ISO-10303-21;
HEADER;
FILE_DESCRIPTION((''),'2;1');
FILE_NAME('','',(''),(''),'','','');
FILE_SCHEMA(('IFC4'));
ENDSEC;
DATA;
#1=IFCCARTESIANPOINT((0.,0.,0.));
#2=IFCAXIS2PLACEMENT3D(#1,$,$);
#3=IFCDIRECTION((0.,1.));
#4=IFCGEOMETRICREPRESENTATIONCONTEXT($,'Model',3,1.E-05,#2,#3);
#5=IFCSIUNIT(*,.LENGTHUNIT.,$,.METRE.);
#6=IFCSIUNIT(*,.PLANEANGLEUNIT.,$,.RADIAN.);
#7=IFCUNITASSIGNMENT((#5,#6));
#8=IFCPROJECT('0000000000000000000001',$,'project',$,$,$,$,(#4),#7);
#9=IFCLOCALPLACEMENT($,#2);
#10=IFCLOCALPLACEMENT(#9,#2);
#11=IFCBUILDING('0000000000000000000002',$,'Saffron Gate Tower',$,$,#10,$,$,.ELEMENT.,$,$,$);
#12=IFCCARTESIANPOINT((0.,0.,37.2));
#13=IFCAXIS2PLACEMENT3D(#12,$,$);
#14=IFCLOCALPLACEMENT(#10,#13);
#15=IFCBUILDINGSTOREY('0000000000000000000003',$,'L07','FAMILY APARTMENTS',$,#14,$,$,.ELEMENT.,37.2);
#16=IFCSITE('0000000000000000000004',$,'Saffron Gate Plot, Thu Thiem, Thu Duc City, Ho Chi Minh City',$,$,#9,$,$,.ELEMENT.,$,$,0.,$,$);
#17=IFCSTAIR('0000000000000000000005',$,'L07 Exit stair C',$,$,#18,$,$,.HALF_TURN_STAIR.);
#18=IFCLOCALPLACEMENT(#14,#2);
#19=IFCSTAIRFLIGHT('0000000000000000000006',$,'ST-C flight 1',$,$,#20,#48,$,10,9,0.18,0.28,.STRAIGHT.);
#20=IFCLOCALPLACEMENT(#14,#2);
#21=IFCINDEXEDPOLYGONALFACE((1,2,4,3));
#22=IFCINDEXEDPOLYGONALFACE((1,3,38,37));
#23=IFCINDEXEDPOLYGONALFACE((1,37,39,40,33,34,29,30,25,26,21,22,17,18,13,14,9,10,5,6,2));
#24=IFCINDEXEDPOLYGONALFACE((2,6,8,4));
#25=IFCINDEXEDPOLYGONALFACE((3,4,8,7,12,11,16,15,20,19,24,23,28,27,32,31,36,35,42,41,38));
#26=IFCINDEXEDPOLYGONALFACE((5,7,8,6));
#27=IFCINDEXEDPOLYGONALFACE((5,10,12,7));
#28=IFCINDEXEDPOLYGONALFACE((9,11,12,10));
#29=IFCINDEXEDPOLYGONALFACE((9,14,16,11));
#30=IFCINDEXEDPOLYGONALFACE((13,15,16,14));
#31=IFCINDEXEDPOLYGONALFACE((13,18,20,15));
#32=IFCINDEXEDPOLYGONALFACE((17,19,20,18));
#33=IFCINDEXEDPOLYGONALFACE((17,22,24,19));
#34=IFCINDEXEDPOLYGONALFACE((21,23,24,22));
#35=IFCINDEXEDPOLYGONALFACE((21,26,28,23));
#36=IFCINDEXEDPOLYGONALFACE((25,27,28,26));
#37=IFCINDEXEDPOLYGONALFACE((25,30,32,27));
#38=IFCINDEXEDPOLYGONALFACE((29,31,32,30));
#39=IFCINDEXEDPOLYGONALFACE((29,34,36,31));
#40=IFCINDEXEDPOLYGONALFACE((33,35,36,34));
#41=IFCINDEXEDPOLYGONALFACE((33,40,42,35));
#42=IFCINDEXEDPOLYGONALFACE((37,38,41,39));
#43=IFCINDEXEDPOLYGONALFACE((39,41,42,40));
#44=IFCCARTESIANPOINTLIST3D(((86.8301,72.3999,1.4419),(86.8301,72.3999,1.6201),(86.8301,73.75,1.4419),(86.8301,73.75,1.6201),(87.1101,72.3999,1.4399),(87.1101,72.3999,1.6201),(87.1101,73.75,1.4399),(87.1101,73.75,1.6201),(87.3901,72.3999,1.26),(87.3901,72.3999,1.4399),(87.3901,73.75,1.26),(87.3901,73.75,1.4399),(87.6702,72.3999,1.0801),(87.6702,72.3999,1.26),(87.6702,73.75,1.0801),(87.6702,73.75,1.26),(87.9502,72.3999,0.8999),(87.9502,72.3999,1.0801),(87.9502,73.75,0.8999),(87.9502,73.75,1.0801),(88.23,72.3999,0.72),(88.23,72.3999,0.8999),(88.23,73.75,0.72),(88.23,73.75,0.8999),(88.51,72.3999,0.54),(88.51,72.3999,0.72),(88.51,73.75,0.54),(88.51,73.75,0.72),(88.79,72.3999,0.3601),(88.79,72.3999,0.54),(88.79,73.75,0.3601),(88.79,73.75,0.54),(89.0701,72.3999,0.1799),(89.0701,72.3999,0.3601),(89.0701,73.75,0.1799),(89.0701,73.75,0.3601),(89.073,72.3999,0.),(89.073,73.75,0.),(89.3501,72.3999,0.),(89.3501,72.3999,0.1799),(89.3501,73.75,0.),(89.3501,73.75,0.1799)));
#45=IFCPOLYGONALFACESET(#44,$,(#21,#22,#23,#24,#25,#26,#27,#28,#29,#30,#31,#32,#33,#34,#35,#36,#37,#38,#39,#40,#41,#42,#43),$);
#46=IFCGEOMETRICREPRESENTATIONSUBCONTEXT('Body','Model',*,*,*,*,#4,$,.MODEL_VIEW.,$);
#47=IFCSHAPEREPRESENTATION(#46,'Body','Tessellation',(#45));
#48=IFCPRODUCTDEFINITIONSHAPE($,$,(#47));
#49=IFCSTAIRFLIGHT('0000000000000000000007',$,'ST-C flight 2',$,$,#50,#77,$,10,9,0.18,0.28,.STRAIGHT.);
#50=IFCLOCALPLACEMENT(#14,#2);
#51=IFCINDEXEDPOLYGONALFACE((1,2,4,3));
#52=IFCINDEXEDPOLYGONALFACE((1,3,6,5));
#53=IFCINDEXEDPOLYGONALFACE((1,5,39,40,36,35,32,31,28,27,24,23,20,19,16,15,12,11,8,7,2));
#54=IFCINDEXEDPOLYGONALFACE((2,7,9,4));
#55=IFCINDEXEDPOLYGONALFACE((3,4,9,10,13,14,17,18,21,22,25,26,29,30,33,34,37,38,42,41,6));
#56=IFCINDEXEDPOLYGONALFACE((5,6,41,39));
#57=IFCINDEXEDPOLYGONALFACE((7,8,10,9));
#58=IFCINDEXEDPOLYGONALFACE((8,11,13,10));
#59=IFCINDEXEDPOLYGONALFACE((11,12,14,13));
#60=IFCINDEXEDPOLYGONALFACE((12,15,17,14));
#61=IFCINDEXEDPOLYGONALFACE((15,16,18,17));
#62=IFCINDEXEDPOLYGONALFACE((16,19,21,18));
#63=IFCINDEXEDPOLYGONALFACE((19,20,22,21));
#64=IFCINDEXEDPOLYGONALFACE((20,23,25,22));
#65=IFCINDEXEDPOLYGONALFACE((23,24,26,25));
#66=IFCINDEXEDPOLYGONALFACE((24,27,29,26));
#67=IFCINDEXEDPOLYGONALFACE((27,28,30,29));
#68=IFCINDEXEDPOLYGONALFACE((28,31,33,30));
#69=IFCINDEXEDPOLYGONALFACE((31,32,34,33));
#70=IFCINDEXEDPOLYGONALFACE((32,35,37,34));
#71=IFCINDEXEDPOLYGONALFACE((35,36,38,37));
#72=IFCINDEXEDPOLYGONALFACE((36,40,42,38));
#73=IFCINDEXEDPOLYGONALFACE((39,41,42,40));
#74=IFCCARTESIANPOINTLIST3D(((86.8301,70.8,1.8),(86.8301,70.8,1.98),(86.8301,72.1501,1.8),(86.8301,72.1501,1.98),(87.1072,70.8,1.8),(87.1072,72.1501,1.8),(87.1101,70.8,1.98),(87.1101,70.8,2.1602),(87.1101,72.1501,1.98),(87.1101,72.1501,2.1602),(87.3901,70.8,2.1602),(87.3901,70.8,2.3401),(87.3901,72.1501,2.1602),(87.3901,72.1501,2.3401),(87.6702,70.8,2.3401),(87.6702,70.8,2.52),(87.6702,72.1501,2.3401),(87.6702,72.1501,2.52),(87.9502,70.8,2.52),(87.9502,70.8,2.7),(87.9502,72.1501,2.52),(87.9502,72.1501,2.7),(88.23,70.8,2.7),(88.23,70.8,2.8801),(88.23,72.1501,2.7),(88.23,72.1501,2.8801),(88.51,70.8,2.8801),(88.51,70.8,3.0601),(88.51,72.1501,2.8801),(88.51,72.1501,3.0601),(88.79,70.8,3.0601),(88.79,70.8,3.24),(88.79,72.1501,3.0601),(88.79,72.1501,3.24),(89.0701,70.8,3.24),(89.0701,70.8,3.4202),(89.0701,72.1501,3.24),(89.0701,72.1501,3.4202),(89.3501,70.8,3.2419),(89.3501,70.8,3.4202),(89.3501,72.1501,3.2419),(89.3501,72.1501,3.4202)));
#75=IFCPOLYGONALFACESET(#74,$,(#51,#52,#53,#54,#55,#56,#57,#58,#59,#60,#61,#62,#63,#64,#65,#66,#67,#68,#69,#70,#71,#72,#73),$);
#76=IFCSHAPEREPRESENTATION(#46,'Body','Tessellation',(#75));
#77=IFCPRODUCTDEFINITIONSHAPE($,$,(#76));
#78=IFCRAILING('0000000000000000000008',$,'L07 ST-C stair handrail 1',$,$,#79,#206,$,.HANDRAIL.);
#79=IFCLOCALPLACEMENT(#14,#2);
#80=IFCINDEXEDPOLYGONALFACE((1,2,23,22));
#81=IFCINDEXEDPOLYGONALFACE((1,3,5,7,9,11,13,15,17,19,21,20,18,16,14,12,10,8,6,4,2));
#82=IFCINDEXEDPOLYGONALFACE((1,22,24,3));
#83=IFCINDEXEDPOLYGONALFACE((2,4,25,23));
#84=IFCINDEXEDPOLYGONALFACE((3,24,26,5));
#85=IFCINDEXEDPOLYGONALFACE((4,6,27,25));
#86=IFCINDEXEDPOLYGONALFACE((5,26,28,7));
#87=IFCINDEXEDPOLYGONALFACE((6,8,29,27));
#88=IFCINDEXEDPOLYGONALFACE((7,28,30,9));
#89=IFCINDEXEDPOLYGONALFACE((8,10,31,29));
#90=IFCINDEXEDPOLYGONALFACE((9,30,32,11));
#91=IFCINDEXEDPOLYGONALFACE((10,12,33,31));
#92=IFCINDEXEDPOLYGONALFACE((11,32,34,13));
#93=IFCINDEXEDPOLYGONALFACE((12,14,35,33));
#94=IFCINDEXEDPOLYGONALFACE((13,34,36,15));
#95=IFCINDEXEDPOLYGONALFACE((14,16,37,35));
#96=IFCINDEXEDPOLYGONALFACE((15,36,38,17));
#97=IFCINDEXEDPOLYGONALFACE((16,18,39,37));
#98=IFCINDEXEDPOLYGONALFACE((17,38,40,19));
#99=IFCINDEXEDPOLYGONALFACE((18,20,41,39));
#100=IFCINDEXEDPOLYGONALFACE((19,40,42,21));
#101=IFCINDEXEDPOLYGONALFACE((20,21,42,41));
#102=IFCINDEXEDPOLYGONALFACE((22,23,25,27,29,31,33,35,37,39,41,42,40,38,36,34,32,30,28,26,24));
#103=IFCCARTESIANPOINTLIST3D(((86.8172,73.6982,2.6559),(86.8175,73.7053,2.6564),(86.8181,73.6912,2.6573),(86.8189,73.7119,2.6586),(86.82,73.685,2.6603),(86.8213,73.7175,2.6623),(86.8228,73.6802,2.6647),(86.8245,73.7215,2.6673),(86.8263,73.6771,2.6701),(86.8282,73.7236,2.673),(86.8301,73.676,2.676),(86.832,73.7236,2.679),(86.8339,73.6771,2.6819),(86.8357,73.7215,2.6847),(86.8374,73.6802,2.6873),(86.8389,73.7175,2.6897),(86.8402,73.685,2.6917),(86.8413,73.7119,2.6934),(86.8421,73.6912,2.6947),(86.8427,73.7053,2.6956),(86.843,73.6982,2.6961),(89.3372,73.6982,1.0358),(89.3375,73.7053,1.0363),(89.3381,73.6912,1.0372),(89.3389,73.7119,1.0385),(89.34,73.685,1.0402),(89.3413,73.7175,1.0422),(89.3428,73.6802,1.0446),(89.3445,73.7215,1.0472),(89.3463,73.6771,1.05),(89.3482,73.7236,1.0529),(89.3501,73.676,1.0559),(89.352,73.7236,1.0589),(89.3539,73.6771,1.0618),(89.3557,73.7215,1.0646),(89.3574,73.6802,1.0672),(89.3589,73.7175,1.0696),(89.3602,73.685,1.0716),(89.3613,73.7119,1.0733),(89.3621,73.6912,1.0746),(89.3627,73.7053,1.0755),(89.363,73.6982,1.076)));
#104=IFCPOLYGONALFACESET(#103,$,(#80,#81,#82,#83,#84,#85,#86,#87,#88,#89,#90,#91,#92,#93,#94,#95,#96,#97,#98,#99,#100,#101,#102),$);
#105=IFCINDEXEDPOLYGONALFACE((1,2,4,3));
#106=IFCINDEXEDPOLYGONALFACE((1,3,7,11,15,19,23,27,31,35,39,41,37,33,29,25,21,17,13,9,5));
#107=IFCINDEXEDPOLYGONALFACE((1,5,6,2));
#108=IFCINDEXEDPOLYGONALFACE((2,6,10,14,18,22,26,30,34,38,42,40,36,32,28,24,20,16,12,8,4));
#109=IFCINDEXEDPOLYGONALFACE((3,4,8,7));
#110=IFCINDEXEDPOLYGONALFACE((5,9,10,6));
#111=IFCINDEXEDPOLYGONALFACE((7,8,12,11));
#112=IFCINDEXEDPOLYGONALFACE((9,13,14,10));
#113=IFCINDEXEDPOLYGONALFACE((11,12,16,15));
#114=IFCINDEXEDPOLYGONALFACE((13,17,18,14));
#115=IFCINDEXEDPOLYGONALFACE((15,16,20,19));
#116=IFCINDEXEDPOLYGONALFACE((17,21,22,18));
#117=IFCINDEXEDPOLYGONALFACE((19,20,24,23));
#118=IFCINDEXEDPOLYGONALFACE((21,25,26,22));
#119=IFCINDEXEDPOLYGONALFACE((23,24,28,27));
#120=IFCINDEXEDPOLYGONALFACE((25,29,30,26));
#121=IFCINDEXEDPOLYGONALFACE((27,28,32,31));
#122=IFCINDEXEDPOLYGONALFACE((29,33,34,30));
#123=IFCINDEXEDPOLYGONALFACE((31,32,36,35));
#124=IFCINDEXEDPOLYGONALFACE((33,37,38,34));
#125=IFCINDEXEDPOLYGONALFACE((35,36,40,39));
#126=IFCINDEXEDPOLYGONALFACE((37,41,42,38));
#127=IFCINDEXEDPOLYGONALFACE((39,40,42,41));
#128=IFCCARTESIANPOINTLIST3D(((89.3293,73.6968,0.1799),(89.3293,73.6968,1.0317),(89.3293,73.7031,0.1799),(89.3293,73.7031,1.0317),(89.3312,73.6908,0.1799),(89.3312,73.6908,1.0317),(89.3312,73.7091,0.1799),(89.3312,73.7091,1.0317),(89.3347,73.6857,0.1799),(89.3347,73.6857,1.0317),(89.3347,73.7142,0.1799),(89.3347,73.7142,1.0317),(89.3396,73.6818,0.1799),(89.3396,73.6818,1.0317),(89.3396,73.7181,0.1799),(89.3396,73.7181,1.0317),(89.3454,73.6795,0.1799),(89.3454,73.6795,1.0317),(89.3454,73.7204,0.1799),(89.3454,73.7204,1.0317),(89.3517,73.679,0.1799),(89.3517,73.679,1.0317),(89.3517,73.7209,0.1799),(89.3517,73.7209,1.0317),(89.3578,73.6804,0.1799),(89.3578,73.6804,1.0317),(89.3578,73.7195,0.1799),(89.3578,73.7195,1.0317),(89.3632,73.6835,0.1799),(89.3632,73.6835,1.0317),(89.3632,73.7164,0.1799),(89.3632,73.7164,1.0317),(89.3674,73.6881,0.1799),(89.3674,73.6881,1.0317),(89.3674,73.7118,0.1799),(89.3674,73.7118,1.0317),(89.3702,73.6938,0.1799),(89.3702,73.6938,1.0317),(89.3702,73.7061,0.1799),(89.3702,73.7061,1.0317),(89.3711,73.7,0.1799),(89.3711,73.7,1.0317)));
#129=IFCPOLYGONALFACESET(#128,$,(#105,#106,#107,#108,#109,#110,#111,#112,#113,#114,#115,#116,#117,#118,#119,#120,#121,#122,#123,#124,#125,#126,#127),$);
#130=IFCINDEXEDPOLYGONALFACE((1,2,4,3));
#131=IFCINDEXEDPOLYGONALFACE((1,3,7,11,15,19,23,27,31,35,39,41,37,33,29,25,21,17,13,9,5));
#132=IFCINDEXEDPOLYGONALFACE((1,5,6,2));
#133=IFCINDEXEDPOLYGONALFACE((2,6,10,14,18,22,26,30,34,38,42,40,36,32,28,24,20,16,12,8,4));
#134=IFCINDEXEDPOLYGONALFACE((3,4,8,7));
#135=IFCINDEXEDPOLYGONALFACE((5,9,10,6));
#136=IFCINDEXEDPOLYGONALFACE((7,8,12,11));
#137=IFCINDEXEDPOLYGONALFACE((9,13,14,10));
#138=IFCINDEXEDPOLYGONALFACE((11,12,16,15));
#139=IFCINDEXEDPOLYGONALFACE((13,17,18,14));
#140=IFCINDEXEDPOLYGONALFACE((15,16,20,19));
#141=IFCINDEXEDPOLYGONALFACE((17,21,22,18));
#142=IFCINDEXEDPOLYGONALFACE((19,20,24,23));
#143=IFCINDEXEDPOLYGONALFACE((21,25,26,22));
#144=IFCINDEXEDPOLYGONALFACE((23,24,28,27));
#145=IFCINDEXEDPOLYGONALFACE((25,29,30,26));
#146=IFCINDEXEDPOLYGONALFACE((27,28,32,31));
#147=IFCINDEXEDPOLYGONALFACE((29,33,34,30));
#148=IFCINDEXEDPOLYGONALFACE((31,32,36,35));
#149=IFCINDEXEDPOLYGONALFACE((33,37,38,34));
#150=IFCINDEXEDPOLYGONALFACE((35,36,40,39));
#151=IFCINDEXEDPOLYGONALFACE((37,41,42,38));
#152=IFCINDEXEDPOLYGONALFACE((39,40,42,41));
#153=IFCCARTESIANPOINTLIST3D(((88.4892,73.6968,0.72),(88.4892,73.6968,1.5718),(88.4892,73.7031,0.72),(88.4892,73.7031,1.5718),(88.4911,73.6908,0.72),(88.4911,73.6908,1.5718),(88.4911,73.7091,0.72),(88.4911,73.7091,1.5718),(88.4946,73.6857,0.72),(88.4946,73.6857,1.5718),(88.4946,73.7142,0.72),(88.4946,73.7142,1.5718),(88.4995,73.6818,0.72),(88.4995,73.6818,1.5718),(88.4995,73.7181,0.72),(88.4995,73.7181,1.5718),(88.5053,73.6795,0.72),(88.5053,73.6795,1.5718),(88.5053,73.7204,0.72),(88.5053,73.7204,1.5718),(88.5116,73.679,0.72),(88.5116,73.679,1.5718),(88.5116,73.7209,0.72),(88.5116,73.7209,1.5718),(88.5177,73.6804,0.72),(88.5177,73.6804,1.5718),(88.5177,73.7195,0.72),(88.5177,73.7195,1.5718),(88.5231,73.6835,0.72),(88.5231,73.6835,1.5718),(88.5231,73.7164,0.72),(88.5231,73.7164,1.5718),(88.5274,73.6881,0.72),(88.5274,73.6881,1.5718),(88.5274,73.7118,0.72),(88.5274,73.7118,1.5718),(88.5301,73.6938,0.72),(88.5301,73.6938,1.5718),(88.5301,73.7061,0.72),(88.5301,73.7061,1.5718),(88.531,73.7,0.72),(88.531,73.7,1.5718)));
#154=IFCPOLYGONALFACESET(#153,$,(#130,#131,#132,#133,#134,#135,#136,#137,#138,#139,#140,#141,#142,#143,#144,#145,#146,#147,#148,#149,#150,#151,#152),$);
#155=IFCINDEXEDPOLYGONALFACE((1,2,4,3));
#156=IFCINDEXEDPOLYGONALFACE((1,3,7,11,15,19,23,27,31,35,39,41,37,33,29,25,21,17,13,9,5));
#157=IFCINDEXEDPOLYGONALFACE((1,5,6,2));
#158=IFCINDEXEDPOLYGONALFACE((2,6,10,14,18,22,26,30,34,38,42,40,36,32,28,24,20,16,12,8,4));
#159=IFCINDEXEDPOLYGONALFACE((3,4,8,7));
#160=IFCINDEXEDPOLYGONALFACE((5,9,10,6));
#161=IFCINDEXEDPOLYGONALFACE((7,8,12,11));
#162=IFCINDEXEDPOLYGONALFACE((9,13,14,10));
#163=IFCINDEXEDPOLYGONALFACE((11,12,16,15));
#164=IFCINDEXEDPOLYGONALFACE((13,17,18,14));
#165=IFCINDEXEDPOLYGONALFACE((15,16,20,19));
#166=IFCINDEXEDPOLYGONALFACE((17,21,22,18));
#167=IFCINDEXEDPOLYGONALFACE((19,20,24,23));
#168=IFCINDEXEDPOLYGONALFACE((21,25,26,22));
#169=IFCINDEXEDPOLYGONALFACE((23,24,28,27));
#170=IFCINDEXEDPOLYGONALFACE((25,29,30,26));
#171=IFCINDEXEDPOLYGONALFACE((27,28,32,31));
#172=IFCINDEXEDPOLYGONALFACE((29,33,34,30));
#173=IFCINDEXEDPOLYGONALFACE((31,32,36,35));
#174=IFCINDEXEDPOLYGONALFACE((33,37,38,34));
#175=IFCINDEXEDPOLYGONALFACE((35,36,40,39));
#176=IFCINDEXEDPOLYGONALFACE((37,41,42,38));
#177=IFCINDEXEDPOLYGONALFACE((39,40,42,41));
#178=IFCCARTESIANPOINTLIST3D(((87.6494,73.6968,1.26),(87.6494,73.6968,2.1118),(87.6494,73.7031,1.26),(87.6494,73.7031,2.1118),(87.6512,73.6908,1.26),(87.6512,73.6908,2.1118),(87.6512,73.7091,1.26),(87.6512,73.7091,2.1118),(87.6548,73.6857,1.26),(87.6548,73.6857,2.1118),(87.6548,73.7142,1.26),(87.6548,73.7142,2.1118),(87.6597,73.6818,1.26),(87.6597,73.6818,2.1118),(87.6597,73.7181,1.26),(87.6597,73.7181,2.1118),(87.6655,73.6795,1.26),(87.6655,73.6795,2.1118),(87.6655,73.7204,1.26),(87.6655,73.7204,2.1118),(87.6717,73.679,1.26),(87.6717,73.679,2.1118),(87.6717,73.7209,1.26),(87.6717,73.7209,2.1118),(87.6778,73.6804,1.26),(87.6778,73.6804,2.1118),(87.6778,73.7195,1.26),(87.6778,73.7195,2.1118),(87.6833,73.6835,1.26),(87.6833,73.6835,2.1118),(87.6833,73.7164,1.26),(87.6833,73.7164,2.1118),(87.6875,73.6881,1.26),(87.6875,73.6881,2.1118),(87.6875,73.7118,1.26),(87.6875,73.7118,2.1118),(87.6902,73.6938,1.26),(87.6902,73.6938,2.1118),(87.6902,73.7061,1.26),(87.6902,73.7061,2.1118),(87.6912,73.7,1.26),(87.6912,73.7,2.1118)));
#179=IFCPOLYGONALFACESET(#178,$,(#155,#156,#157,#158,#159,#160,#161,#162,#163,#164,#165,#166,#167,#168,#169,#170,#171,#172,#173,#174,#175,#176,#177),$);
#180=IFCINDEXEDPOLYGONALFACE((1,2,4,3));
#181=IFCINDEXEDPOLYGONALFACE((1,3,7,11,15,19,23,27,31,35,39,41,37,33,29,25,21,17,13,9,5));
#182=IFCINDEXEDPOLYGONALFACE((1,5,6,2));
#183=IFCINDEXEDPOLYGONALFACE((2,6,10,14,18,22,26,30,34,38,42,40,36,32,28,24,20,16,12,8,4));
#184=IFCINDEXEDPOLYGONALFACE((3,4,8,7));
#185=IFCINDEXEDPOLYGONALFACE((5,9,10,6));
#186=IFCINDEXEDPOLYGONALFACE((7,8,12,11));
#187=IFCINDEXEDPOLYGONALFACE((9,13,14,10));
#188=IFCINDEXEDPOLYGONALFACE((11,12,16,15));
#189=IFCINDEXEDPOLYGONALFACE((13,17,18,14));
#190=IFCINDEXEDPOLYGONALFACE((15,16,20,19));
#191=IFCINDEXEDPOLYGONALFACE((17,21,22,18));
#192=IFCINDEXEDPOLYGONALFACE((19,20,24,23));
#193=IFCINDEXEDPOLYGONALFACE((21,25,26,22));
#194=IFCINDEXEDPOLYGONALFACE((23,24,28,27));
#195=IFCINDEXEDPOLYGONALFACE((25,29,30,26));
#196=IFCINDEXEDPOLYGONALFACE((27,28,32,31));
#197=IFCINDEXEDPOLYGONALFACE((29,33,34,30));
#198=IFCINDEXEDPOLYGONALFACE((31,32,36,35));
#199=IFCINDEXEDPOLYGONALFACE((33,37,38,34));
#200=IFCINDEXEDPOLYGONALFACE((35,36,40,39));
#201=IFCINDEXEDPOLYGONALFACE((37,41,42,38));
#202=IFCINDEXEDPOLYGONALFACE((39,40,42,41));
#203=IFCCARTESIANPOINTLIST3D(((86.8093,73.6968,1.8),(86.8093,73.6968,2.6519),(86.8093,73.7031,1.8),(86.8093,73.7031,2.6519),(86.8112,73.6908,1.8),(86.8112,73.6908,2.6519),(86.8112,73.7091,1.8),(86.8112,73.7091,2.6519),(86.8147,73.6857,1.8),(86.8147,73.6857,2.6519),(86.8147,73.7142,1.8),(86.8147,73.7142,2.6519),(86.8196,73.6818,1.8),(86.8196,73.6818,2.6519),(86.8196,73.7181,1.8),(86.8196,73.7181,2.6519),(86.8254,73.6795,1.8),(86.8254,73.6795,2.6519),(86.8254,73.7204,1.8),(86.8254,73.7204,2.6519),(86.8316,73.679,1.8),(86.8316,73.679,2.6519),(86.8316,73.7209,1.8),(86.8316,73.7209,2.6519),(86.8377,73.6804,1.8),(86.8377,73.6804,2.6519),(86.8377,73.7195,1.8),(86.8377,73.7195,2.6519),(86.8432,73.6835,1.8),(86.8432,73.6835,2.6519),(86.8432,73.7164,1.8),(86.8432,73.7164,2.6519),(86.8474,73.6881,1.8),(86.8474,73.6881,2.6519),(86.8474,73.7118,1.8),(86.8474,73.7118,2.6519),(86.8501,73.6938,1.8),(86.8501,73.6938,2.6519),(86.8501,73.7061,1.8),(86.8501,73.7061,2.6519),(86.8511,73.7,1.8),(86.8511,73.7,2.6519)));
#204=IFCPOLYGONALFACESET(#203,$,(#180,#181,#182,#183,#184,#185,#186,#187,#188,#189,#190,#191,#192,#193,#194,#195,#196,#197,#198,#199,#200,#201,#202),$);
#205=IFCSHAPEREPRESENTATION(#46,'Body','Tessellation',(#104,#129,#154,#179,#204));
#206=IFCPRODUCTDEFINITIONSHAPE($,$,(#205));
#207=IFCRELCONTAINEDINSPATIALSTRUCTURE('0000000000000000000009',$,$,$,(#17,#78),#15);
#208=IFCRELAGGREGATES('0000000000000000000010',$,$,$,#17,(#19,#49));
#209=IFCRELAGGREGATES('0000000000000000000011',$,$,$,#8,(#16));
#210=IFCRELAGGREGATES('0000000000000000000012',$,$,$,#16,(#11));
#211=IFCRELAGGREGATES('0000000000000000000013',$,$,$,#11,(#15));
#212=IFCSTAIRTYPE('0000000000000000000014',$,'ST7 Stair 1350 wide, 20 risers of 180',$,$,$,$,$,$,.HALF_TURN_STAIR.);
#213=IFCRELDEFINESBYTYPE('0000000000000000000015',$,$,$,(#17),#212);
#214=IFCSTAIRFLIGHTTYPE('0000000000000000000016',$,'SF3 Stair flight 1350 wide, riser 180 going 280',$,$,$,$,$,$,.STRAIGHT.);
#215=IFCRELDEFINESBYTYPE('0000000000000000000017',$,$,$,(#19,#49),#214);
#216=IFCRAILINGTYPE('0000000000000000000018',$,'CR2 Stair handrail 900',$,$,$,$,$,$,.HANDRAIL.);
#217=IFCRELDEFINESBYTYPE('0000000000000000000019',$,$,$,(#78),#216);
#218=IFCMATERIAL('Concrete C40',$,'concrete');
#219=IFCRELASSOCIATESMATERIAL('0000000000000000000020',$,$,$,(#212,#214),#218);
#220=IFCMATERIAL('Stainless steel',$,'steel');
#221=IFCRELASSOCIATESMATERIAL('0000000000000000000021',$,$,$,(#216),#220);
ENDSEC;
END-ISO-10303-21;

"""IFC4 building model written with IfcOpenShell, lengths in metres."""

from ifc_helpers import new_model, si_unit, direction, frame, origin, origin_2d, place, context, subcontext, project, spatial, polyline, circle, outline, extrude, material, type_object, element, aggregate, save


model = new_model("IFC4")

# Units and contexts
model_context = context("Model", 3, precision=1e-05, world=origin(), true_north=direction((0.0, 1.0)))
body_context = subcontext(model_context, "Body", "Model", "MODEL_VIEW")
ifc_project = project(units=[si_unit("LENGTHUNIT", "METRE"), si_unit("PLANEANGLEUNIT", "RADIAN")], contexts=[model_context])

# Site, building, storey
site_placement = place(None, origin())
site = spatial("IfcSite", under=ifc_project, at=site_placement, Name="Saffron Gate Plot, Thu Thiem, Thu Duc City, Ho Chi Minh City", CompositionType="ELEMENT", RefElevation=0.0)
building_placement = place(site_placement, origin())
building = spatial("IfcBuilding", under=site, at=building_placement, Name="Saffron Gate Tower", CompositionType="ELEMENT")
storey_placement = place(building_placement, frame((0.0, 0.0, 37.2)))
storey = spatial("IfcBuildingStorey", under=building, at=storey_placement, Name="L07", Description="FAMILY APARTMENTS", CompositionType="ELEMENT", Elevation=37.2)

# Stair, stair flights
ifc_material_1 = material(Name="Concrete C40", Category="concrete")
stair_type = type_object("IfcStairType", Name="ST7 Stair 1350 wide, 20 risers of 180", PredefinedType="HALF_TURN_STAIR", material=ifc_material_1)
stair_placement = place(storey_placement, origin())
stair = element("IfcStair", 1, at=stair_placement, inside=storey, type_object=stair_type, Name="L07 Exit stair C", PredefinedType="HALF_TURN_STAIR")
stair_flight_type = type_object("IfcStairFlightType", Name="SF3 Stair flight 1350 wide, riser 180 going 280", PredefinedType="STRAIGHT", material=ifc_material_1)
stair_flight_1_placement = place(storey_placement, frame((89.3501, 73.075, 0.0), z_axis=(0.0, 0.0, 1.0), x_axis=(-1.0, 0.0, 0.0)))
stair_flight_1 = element("IfcStairFlight", 2, at=stair_flight_1_placement, type_object=stair_flight_type, Name="ST-C flight 1", NumberOfRisers=10, NumberOfTreads=9, PredefinedType="STRAIGHT", RiserHeight=0.18, TreadLength=0.28, context=body_context, shape_type="SweptSolid", body=[
    extrude(outline(polyline([(0.0, 0.0), (0.0, 0.1799), (0.28, 0.1799), (0.28, 0.3601), (0.5601, 0.3601), (0.5601, 0.54), (0.8401, 0.54), (0.8401, 0.72), (1.1201, 0.72), (1.1201, 0.8999), (1.3999, 0.8999), (1.3999, 1.0801), (1.6799, 1.0801), (1.6799, 1.26), (1.96, 1.26), (1.96, 1.4399), (2.24, 1.4399), (2.24, 1.6201), (2.52, 1.6201), (2.52, 1.8), (2.52, 1.4419), (0.2771, 0.0), (0.0, 0.0)])), frame((0.0, 0.675, 0.0), z_axis=(0.0, -1.0, 0.0), x_axis=(1.0, 0.0, 0.0)), (0.0, 0.0, 1.0), 1.3501),
])
stair_flight_2_placement = place(storey_placement, frame((86.8301, 71.4751, 1.8), z_axis=(0.0, 0.0, 1.0), x_axis=(1.0, 0.0, 0.0)))
stair_flight_2 = element("IfcStairFlight", 3, at=stair_flight_2_placement, type_object=stair_flight_type, Name="ST-C flight 2", NumberOfRisers=10, NumberOfTreads=9, PredefinedType="STRAIGHT", RiserHeight=0.18, TreadLength=0.28, context=body_context, shape_type="SweptSolid", body=[
    extrude(outline(polyline([(0.0, 0.0), (0.0, 0.1799), (0.28, 0.1799), (0.28, 0.3601), (0.5601, 0.3601), (0.5601, 0.54), (0.8401, 0.54), (0.8401, 0.72), (1.1201, 0.72), (1.1201, 0.8999), (1.3999, 0.8999), (1.3999, 1.0801), (1.6799, 1.0801), (1.6799, 1.26), (1.96, 1.26), (1.96, 1.4399), (2.24, 1.4399), (2.24, 1.6201), (2.52, 1.6201), (2.52, 1.8), (2.52, 1.4419), (0.2771, 0.0), (0.0, 0.0)])), frame((0.0, 0.675, 0.0), z_axis=(0.0, -1.0, 0.0), x_axis=(1.0, 0.0, 0.0)), (0.0, 0.0, 1.0), 1.3501),
])
aggregate(stair, [stair_flight_1, stair_flight_2])

# Railing
ifc_material_2 = material(Name="Stainless steel", Category="steel")
railing_type_1 = type_object("IfcRailingType", Name="CR2 Stair handrail 900", PredefinedType="HANDRAIL", material=ifc_material_2)
railing_1_placement = place(storey_placement, frame((89.3501, 73.7, 0.1799)))
element("IfcRailing", 4, at=railing_1_placement, inside=storey, type_object=railing_type_1, Name="L07 ST-C stair handrail 1", PredefinedType="HANDRAIL", context=body_context, shape_type="SweptSolid", body=[
    extrude(circle(Radius=0.0239, at=origin_2d()), frame((0.0, 0.0, 0.876), z_axis=(-0.841163, 0.0, 0.540782), x_axis=(0.0, -1.0, 0.0)), (0.0, 0.0, 1.0), 2.9958),
    extrude(circle(Radius=0.021, at=origin_2d()), origin(), (0.0, 0.0, 1.0), 0.8518),
    extrude(circle(Radius=0.021, at=origin_2d()), frame((-0.8401, 0.0, 0.54)), (0.0, 0.0, 1.0), 0.8518),
    extrude(circle(Radius=0.021, at=origin_2d()), frame((-1.6799, 0.0, 1.0801)), (0.0, 0.0, 1.0), 0.8518),
    extrude(circle(Radius=0.021, at=origin_2d()), frame((-2.52, 0.0, 1.6201)), (0.0, 0.0, 1.0), 0.8518),
])

save(model, "model.ifc")
